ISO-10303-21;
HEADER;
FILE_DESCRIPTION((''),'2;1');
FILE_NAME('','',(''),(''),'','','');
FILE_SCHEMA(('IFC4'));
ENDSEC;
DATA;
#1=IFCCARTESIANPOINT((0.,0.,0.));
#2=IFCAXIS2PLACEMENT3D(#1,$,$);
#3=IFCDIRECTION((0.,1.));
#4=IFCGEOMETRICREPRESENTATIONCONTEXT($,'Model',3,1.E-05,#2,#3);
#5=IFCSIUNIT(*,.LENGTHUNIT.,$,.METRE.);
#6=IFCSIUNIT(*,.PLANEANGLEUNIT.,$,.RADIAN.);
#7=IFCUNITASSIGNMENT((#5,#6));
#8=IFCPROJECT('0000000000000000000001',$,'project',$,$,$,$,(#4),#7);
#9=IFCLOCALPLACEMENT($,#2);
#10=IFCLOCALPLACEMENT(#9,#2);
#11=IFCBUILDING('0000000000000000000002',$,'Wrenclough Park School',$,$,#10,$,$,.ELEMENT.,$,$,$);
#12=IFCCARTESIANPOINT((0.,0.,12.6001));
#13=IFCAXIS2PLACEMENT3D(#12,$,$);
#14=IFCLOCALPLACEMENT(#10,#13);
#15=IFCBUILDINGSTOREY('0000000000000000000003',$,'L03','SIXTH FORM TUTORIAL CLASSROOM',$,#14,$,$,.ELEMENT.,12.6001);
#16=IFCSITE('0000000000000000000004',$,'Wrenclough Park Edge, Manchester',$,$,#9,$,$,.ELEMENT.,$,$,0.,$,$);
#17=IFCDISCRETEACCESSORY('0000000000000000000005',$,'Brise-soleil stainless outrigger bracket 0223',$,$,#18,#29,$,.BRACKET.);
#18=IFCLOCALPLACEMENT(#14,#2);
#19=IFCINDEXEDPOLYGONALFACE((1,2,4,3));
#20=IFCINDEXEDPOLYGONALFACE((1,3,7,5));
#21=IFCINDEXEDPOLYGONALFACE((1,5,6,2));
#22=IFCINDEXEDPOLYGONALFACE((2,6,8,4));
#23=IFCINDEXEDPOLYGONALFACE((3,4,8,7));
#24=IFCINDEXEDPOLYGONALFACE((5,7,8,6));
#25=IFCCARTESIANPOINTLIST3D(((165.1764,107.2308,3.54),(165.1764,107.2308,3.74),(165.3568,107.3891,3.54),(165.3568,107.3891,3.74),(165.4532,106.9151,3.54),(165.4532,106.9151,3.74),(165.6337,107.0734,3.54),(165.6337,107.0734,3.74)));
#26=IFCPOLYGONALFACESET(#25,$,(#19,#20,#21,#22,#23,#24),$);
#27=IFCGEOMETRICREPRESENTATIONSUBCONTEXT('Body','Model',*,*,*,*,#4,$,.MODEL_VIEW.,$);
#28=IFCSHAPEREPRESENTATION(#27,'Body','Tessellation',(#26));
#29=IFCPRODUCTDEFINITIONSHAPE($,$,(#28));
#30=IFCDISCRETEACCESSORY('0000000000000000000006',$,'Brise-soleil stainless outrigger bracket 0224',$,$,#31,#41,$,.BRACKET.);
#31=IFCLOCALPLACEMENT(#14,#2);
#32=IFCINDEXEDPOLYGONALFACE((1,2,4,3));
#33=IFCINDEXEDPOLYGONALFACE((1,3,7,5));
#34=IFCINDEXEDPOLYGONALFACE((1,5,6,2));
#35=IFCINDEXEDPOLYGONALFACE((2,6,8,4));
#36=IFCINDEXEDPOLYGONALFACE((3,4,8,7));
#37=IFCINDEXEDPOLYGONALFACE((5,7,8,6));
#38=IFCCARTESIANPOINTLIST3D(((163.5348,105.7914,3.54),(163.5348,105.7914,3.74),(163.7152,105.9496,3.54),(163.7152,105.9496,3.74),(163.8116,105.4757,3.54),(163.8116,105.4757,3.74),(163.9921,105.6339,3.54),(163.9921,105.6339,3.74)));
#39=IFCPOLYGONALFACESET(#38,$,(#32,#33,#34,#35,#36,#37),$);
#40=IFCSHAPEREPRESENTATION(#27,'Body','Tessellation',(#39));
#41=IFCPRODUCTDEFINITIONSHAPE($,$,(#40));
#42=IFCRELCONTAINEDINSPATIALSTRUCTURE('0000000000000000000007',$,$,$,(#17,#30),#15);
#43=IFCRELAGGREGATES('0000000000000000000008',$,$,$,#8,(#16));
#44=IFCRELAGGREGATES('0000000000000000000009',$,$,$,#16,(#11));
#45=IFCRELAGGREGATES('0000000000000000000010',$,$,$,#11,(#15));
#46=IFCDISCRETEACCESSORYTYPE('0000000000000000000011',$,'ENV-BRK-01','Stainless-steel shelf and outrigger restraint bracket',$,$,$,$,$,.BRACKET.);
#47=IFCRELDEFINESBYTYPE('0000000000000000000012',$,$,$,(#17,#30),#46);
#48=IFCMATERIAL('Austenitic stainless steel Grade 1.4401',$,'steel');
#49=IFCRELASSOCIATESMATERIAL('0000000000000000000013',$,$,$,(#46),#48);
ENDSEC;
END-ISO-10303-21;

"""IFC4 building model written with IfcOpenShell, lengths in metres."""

from ifc_helpers import new_model, si_unit, direction, frame, origin, origin_2d, place, context, subcontext, project, spatial, rectangle, extrude, material, type_object, element, save


model = new_model("IFC4")

# Units and contexts
model_context = context("Model", 3, precision=1e-05, world=origin(), true_north=direction((0.0, 1.0)))
body_context = subcontext(model_context, "Body", "Model", "MODEL_VIEW")
ifc_project = project(units=[si_unit("LENGTHUNIT", "METRE"), si_unit("PLANEANGLEUNIT", "RADIAN")], contexts=[model_context])

# Site, building, storey
site_placement = place(None, origin())
site = spatial("IfcSite", under=ifc_project, at=site_placement, Name="Wrenclough Park Edge, Manchester", CompositionType="ELEMENT", RefElevation=0.0)
building_placement = place(site_placement, origin())
building = spatial("IfcBuilding", under=site, at=building_placement, Name="Wrenclough Park School", CompositionType="ELEMENT")
storey_placement = place(building_placement, frame((0.0, 0.0, 12.6001)))
storey = spatial("IfcBuildingStorey", under=building, at=storey_placement, Name="L03", Description="SIXTH FORM TUTORIAL CLASSROOM", CompositionType="ELEMENT", Elevation=12.6001)

# Discrete accessories
ifc_material_1 = material(Name="Austenitic stainless steel Grade 1.4401", Category="steel")
discrete_accessory_type = type_object("IfcDiscreteAccessoryType", Name="ENV-BRK-01", Description="Stainless-steel shelf and outrigger restraint bracket", PredefinedType="BRACKET", material=ifc_material_1)
for number, where, z_axis, x_axis, name in (
    (1, (165.405, 107.1521, 3.54), (0.0, 0.0, 1.0), (-0.751841, -0.659345, 0.0), "Brise-soleil stainless outrigger bracket 0223"),
    (2, (163.7634, 105.7126, 3.54), (0.0, 0.0, 1.0), (-0.751841, -0.659345, 0.0), "Brise-soleil stainless outrigger bracket 0224"),
):
    element("IfcDiscreteAccessory", number, at=place(storey_placement, frame(where, z_axis=z_axis, x_axis=x_axis)), inside=storey, type_object=discrete_accessory_type, Name=name, PredefinedType="BRACKET", context=body_context, shape_type="SweptSolid", body=[
        extrude(rectangle(XDim=0.24, YDim=0.4199, at=origin_2d()), origin(), (0.0, 0.0, 1.0), 0.2),
    ])

save(model, "model.ifc")
